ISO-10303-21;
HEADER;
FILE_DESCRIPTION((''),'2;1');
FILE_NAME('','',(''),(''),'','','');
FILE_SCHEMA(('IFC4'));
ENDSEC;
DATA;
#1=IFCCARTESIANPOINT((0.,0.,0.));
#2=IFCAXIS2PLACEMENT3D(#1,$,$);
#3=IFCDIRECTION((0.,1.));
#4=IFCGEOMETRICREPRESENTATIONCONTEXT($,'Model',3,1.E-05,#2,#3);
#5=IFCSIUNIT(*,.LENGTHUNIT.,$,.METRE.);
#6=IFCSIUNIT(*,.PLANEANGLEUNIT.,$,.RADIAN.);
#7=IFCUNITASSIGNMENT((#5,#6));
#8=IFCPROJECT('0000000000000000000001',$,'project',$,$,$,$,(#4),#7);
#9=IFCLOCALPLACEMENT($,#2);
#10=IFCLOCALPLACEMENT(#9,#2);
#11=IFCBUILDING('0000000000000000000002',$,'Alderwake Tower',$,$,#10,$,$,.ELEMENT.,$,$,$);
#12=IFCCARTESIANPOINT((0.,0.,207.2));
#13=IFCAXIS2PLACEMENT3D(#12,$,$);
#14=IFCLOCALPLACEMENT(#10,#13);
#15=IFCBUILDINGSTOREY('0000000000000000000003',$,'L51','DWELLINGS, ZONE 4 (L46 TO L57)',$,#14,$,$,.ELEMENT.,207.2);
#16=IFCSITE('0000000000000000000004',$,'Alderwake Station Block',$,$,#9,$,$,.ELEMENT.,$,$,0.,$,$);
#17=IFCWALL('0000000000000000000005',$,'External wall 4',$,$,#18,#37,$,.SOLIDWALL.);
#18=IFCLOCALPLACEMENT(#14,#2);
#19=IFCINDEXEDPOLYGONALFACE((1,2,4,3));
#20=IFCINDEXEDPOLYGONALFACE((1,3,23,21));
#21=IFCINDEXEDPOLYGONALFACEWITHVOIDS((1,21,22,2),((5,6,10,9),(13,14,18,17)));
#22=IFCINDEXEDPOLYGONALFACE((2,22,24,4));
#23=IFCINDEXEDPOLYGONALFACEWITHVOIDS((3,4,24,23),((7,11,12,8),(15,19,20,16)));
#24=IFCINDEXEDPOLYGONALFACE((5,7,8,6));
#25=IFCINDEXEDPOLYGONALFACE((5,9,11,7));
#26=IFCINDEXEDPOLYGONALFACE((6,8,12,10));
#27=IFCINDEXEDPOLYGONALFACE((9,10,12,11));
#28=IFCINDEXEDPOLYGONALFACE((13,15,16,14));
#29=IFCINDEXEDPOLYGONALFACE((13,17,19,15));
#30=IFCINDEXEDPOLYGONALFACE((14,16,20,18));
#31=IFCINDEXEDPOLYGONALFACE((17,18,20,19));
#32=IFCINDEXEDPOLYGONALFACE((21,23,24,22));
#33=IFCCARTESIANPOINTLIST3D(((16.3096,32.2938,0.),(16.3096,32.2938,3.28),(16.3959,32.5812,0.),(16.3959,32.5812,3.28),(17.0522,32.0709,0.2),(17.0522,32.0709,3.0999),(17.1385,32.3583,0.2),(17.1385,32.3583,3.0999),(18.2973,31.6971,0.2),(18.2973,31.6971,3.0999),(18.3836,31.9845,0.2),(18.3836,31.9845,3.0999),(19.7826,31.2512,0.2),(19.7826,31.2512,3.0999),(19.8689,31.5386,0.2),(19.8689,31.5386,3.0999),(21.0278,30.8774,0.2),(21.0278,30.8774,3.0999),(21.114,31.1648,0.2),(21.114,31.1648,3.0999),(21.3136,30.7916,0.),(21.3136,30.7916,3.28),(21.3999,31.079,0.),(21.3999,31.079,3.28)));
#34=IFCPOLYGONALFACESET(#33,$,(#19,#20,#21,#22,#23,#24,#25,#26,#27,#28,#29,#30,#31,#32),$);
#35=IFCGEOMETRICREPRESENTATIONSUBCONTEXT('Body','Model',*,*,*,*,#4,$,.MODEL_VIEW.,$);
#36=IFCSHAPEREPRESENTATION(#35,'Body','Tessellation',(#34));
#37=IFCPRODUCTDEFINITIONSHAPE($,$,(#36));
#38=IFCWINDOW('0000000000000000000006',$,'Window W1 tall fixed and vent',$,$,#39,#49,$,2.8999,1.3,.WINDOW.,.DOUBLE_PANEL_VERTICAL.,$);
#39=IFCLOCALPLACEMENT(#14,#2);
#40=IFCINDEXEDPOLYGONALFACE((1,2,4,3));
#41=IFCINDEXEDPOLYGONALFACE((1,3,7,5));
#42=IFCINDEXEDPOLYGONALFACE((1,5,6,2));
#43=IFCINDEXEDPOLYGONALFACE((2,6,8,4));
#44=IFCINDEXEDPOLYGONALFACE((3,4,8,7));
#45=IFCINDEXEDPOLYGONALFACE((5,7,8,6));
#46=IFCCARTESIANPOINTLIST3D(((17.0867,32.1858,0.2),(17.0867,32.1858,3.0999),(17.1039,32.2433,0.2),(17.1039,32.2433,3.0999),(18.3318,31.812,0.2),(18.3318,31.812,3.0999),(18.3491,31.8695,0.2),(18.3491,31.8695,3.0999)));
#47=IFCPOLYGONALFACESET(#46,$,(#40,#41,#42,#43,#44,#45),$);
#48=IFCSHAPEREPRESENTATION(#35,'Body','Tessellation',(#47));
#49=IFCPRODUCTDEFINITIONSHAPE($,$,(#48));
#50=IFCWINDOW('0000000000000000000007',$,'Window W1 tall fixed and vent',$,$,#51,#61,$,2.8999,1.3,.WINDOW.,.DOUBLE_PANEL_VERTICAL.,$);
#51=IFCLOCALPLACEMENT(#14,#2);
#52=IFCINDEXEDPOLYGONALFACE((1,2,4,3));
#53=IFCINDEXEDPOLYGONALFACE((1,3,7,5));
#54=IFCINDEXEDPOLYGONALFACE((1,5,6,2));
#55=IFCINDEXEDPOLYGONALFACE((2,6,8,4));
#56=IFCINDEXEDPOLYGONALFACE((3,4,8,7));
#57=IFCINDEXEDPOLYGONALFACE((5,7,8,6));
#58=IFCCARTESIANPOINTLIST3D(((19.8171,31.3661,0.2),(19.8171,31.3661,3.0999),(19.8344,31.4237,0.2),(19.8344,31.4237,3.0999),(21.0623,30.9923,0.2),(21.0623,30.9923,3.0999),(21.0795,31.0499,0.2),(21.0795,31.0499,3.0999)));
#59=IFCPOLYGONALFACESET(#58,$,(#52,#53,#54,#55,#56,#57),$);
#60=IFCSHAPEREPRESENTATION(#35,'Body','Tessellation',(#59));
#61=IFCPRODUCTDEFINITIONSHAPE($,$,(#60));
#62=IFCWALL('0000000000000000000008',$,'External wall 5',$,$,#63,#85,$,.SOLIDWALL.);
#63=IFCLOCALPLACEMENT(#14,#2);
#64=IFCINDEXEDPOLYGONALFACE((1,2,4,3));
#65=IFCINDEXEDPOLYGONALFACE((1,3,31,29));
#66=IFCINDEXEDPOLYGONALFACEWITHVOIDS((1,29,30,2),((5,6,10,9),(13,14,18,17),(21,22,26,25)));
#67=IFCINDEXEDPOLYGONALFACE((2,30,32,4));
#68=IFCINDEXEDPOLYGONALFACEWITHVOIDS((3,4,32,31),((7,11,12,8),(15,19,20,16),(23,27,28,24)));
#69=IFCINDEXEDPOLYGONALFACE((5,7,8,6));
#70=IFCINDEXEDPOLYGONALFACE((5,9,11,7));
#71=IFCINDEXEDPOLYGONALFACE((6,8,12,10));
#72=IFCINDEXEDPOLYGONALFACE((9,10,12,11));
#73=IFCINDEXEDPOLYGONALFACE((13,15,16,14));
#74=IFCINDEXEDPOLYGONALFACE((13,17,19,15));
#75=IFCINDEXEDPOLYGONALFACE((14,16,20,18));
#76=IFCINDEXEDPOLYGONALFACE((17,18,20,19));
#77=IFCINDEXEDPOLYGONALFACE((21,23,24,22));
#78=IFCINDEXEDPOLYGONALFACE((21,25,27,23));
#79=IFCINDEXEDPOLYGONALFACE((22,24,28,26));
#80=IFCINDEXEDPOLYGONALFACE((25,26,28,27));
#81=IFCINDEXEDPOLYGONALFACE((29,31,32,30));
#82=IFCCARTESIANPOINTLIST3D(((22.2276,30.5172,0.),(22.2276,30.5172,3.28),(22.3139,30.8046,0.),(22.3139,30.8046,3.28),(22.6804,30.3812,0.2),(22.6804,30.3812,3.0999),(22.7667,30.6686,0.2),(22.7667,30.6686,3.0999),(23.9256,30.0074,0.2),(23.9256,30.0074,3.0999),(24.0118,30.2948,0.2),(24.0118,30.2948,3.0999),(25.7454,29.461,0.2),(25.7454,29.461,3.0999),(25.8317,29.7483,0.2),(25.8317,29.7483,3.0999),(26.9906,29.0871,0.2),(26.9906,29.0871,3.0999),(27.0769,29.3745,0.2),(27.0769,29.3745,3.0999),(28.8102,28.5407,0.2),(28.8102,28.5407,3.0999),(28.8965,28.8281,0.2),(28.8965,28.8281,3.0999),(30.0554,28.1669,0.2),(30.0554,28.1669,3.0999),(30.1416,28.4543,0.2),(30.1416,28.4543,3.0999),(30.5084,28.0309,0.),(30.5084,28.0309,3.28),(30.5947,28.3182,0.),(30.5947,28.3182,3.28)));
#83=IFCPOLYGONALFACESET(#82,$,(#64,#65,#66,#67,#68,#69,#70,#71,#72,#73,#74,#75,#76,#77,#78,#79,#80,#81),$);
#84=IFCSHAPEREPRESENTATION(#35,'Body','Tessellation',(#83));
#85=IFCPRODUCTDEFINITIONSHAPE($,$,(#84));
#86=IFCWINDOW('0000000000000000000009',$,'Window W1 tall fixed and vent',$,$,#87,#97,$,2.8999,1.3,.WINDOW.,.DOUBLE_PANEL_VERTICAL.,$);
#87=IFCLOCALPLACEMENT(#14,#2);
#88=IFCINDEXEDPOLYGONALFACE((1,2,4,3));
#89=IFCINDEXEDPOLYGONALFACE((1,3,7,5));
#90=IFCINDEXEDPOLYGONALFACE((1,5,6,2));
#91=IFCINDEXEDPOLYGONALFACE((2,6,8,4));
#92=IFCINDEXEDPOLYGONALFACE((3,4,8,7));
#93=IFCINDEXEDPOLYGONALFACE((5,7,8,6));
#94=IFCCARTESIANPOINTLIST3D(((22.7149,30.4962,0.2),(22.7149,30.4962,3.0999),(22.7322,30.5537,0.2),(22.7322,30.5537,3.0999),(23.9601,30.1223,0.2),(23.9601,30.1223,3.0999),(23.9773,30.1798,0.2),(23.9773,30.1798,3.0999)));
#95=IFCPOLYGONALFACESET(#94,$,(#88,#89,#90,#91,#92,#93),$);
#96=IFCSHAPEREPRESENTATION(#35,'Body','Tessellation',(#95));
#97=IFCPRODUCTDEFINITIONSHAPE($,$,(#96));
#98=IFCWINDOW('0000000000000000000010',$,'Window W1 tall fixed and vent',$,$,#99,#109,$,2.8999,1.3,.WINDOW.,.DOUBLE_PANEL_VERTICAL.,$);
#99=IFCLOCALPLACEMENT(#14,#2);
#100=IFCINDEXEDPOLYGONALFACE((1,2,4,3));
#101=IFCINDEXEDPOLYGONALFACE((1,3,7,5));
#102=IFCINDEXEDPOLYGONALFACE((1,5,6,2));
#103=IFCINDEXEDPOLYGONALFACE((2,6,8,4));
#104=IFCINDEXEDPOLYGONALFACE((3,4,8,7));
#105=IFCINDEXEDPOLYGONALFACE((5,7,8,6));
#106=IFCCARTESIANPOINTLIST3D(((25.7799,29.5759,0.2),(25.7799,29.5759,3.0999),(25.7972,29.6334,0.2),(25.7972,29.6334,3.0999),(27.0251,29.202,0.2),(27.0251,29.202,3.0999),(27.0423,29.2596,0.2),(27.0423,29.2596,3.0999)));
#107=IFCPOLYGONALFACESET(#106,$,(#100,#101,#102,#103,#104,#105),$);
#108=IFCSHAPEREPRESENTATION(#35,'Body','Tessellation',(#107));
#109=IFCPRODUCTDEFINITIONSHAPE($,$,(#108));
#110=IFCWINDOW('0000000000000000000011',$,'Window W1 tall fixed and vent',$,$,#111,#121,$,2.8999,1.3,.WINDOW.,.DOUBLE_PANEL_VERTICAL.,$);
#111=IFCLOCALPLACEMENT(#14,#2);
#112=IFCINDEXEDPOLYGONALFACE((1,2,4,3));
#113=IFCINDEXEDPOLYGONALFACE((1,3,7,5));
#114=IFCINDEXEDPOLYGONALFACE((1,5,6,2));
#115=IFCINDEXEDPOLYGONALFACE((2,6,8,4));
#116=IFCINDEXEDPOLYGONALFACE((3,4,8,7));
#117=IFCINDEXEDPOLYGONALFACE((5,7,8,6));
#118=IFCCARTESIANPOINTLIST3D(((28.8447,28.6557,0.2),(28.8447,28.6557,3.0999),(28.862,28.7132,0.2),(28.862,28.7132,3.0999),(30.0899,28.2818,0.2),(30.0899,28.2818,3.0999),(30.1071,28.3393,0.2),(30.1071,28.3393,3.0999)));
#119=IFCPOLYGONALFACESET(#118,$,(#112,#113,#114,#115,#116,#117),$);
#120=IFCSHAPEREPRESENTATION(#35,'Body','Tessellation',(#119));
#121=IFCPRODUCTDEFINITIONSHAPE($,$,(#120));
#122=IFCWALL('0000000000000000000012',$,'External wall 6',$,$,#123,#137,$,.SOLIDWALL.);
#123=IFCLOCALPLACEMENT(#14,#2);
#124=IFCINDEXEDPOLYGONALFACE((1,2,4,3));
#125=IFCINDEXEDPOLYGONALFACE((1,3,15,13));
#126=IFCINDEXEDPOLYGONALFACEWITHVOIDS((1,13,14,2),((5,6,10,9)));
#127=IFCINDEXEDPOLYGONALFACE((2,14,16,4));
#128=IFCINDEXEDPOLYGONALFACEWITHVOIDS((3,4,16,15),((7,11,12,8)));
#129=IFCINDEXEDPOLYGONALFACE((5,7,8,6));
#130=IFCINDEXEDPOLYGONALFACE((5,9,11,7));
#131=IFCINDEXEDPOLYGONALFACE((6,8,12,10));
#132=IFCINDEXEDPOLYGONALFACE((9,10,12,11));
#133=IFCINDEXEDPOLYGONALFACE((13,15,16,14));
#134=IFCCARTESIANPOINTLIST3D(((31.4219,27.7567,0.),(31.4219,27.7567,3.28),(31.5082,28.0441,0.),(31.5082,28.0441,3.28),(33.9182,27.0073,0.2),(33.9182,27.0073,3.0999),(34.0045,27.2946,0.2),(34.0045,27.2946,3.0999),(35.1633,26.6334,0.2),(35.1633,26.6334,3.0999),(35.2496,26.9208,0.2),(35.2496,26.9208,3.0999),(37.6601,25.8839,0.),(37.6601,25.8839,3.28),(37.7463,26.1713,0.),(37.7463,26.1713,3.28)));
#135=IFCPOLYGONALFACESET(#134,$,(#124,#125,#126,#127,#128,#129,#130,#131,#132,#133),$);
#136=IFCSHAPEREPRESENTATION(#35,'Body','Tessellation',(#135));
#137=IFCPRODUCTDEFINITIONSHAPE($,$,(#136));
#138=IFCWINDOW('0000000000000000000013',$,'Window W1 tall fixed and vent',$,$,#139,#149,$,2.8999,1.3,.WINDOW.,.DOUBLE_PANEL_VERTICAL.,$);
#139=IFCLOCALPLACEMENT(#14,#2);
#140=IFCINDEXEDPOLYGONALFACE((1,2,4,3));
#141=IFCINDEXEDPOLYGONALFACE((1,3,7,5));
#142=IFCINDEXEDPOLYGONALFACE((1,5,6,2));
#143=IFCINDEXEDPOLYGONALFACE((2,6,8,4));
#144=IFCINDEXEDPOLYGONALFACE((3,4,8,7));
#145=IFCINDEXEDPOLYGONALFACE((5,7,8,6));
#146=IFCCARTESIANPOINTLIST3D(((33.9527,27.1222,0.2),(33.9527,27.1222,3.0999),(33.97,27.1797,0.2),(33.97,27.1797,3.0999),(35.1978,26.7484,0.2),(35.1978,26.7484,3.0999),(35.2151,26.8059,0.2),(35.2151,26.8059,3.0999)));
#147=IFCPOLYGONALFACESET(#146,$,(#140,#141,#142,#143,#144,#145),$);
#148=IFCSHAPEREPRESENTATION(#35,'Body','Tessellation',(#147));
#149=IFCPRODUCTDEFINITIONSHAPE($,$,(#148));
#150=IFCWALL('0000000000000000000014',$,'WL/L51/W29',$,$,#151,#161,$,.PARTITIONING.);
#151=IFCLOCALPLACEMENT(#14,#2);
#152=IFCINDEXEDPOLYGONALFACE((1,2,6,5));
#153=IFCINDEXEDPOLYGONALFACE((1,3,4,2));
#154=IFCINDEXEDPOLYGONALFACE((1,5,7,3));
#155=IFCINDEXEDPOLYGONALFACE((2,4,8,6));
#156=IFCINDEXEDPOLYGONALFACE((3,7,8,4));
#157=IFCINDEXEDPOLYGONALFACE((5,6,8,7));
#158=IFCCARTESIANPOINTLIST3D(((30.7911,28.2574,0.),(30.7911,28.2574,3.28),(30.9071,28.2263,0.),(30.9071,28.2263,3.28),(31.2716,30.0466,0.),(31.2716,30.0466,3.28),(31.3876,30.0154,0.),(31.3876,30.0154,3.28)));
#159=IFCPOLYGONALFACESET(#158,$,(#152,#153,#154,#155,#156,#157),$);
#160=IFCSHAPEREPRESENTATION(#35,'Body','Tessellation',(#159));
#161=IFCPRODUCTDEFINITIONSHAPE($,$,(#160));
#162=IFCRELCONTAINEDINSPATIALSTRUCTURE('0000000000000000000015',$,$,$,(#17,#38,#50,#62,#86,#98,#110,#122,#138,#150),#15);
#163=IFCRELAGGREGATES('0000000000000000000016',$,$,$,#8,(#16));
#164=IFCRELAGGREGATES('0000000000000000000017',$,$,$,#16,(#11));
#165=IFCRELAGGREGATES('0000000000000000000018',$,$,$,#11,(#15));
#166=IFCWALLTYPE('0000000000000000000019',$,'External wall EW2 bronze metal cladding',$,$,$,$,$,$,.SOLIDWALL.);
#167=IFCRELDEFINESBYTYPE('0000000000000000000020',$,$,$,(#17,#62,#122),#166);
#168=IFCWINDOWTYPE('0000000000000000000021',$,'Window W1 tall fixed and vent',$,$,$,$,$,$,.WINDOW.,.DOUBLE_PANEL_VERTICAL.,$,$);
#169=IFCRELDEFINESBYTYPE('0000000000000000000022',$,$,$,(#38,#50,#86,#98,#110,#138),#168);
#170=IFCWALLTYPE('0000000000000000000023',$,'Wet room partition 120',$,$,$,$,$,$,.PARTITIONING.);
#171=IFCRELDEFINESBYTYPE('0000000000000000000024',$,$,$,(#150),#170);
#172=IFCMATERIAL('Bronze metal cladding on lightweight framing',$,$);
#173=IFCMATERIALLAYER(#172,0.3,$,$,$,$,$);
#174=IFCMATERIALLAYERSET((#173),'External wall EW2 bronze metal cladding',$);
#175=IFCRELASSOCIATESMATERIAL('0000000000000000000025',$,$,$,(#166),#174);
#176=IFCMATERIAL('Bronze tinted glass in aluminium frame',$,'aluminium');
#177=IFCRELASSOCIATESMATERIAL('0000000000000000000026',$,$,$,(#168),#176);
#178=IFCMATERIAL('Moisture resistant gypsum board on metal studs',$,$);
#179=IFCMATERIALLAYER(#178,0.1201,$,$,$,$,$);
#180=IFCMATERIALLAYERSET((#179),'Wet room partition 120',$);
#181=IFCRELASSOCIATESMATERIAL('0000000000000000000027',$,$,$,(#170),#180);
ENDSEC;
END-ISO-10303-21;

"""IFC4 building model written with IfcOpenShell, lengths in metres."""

from ifc_helpers import new_model, si_unit, direction, frame, frame_2d, origin, place, context, subcontext, project, spatial, rectangle, extrude, material, layer, layer_set, type_object, element, fill, save


model = new_model("IFC4")

# Units and contexts
model_context = context("Model", 3, precision=1e-05, world=origin(), true_north=direction((0.0, 1.0)))
body_context = subcontext(model_context, "Body", "Model", "MODEL_VIEW")
ifc_project = project(units=[si_unit("LENGTHUNIT", "METRE"), si_unit("PLANEANGLEUNIT", "RADIAN")], contexts=[model_context])

# Site, building, storey
site_placement = place(None, origin())
site = spatial("IfcSite", under=ifc_project, at=site_placement, Name="Alderwake Station Block", CompositionType="ELEMENT", RefElevation=0.0)
building_placement = place(site_placement, origin())
building = spatial("IfcBuilding", under=site, at=building_placement, Name="Alderwake Tower", CompositionType="ELEMENT")
storey_placement = place(building_placement, frame((0.0, 0.0, 207.2)))
storey = spatial("IfcBuildingStorey", under=building, at=storey_placement, Name="L51", Description="DWELLINGS, ZONE 4 (L46 TO L57)", CompositionType="ELEMENT", Elevation=207.2)

# Walls, openings, windows
ifc_material_1 = material(Name="Bronze metal cladding on lightweight framing")
ifc_layer_1 = layer(ifc_material_1, 0.3)
ifc_layer_set_1 = layer_set([ifc_layer_1], Name="External wall EW2 bronze metal cladding")
wall_type_1 = type_object("IfcWallType", Name="External wall EW2 bronze metal cladding", PredefinedType="SOLIDWALL", material=ifc_layer_set_1)
wall_1_placement = place(storey_placement, frame((16.3528, 32.4375, 0.0), z_axis=(0.0, 0.0, 1.0), x_axis=(0.957772, -0.287528, 0.0)))
wall_1 = element("IfcWall", 1, at=wall_1_placement, inside=storey, type_object=wall_type_1, Name="External wall 4", PredefinedType="SOLIDWALL", context=body_context, shape_type="SweptSolid", body=[
    extrude(rectangle(XDim=5.2246, YDim=0.3, at=frame_2d((2.6123, 0.0))), origin(), (0.0, 0.0, 1.0), 3.28),
])
opening_1_placement = place(wall_1_placement, frame((0.7754, 0.0, 0.2)))
opening_1 = element("IfcOpeningElement", 2, at=opening_1_placement, cuts=wall_1, PredefinedType="OPENING", context=body_context, shape_type="SweptSolid", body=[
    extrude(rectangle(XDim=1.3, YDim=2.8999, at=frame_2d((0.6499, 1.45))), frame((0.0, 0.1599, 0.0), z_axis=(0.0, -1.0, 0.0), x_axis=(1.0, 0.0, 0.0)), (0.0, 0.0, 1.0), 0.3201),
])
opening_2_placement = place(wall_1_placement, frame((3.6262, 0.0, 0.2)))
opening_2 = element("IfcOpeningElement", 3, at=opening_2_placement, cuts=wall_1, PredefinedType="OPENING", context=body_context, shape_type="SweptSolid", body=[
    extrude(rectangle(XDim=1.3, YDim=2.8999, at=frame_2d((0.6499, 1.45))), frame((0.0, 0.1599, 0.0), z_axis=(0.0, -1.0, 0.0), x_axis=(1.0, 0.0, 0.0)), (0.0, 0.0, 1.0), 0.3201),
])
ifc_material_2 = material(Name="Bronze tinted glass in aluminium frame", Category="aluminium")
window_type = type_object("IfcWindowType", Name="Window W1 tall fixed and vent", PartitioningType="DOUBLE_PANEL_VERTICAL", PredefinedType="WINDOW", material=ifc_material_2)
window_1_placement = place(opening_1_placement, origin())
window_1 = element("IfcWindow", 4, at=window_1_placement, inside=storey, type_object=window_type, Name="Window W1 tall fixed and vent", OverallHeight=2.8999, OverallWidth=1.3, PartitioningType="DOUBLE_PANEL_VERTICAL", PredefinedType="WINDOW", context=body_context, shape_type="SweptSolid", body=[
    extrude(rectangle(XDim=1.3, YDim=2.8999, at=frame_2d((0.6499, 1.45))), frame((0.0, 0.03, 0.0), z_axis=(0.0, -1.0, 0.0), x_axis=(1.0, 0.0, 0.0)), (0.0, 0.0, 1.0), 0.0601),
])
fill(opening_1, window_1)
window_2_placement = place(opening_2_placement, origin())
window_2 = element("IfcWindow", 5, at=window_2_placement, inside=storey, type_object=window_type, Name="Window W1 tall fixed and vent", OverallHeight=2.8999, OverallWidth=1.3, PartitioningType="DOUBLE_PANEL_VERTICAL", PredefinedType="WINDOW", context=body_context, shape_type="SweptSolid", body=[
    extrude(rectangle(XDim=1.3, YDim=2.8999, at=frame_2d((0.6499, 1.45))), frame((0.0, 0.03, 0.0), z_axis=(0.0, -1.0, 0.0), x_axis=(1.0, 0.0, 0.0)), (0.0, 0.0, 1.0), 0.0601),
])
fill(opening_2, window_2)
wall_2_placement = place(storey_placement, frame((22.2708, 30.6609, 0.0), z_axis=(0.0, 0.0, 1.0), x_axis=(0.957759, -0.287571, 0.0)))
wall_2 = element("IfcWall", 6, at=wall_2_placement, inside=storey, type_object=wall_type_1, Name="External wall 5", PredefinedType="SOLIDWALL", context=body_context, shape_type="SweptSolid", body=[
    extrude(rectangle(XDim=8.646, YDim=0.3, at=frame_2d((4.323, 0.0))), origin(), (0.0, 0.0, 1.0), 3.28),
])
opening_3_placement = place(wall_2_placement, frame((0.4729, 0.0, 0.2)))
opening_3 = element("IfcOpeningElement", 7, at=opening_3_placement, cuts=wall_2, PredefinedType="OPENING", context=body_context, shape_type="SweptSolid", body=[
    extrude(rectangle(XDim=1.3, YDim=2.8999, at=frame_2d((0.6499, 1.45))), frame((0.0, 0.1599, 0.0), z_axis=(0.0, -1.0, 0.0), x_axis=(1.0, 0.0, 0.0)), (0.0, 0.0, 1.0), 0.3201),
])
opening_4_placement = place(wall_2_placement, frame((3.6731, 0.0, 0.2)))
opening_4 = element("IfcOpeningElement", 8, at=opening_4_placement, cuts=wall_2, PredefinedType="OPENING", context=body_context, shape_type="SweptSolid", body=[
    extrude(rectangle(XDim=1.3, YDim=2.8999, at=frame_2d((0.6499, 1.45))), frame((0.0, 0.1599, 0.0), z_axis=(0.0, -1.0, 0.0), x_axis=(1.0, 0.0, 0.0)), (0.0, 0.0, 1.0), 0.3201),
])
opening_5_placement = place(wall_2_placement, frame((6.873, 0.0, 0.2)))
opening_5 = element("IfcOpeningElement", 9, at=opening_5_placement, cuts=wall_2, PredefinedType="OPENING", context=body_context, shape_type="SweptSolid", body=[
    extrude(rectangle(XDim=1.3, YDim=2.8999, at=frame_2d((0.6499, 1.45))), frame((0.0, 0.1599, 0.0), z_axis=(0.0, -1.0, 0.0), x_axis=(1.0, 0.0, 0.0)), (0.0, 0.0, 1.0), 0.3201),
])
window_3_placement = place(opening_3_placement, origin())
window_3 = element("IfcWindow", 10, at=window_3_placement, inside=storey, type_object=window_type, Name="Window W1 tall fixed and vent", OverallHeight=2.8999, OverallWidth=1.3, PartitioningType="DOUBLE_PANEL_VERTICAL", PredefinedType="WINDOW", context=body_context, shape_type="SweptSolid", body=[
    extrude(rectangle(XDim=1.3, YDim=2.8999, at=frame_2d((0.6499, 1.45))), frame((0.0, 0.03, 0.0), z_axis=(0.0, -1.0, 0.0), x_axis=(1.0, 0.0, 0.0)), (0.0, 0.0, 1.0), 0.0601),
])
fill(opening_3, window_3)
window_4_placement = place(opening_4_placement, origin())
window_4 = element("IfcWindow", 11, at=window_4_placement, inside=storey, type_object=window_type, Name="Window W1 tall fixed and vent", OverallHeight=2.8999, OverallWidth=1.3, PartitioningType="DOUBLE_PANEL_VERTICAL", PredefinedType="WINDOW", context=body_context, shape_type="SweptSolid", body=[
    extrude(rectangle(XDim=1.3, YDim=2.8999, at=frame_2d((0.6499, 1.45))), frame((0.0, 0.03, 0.0), z_axis=(0.0, -1.0, 0.0), x_axis=(1.0, 0.0, 0.0)), (0.0, 0.0, 1.0), 0.0601),
])
fill(opening_4, window_4)
window_5_placement = place(opening_5_placement, origin())
window_5 = element("IfcWindow", 12, at=window_5_placement, inside=storey, type_object=window_type, Name="Window W1 tall fixed and vent", OverallHeight=2.8999, OverallWidth=1.3, PartitioningType="DOUBLE_PANEL_VERTICAL", PredefinedType="WINDOW", context=body_context, shape_type="SweptSolid", body=[
    extrude(rectangle(XDim=1.3, YDim=2.8999, at=frame_2d((0.6499, 1.45))), frame((0.0, 0.03, 0.0), z_axis=(0.0, -1.0, 0.0), x_axis=(1.0, 0.0, 0.0)), (0.0, 0.0, 1.0), 0.0601),
])
fill(opening_5, window_5)

# Wall, opening, window
wall_3_placement = place(storey_placement, frame((31.4651, 27.9004, 0.0), z_axis=(0.0, 0.0, 1.0), x_axis=(0.957767, -0.287544, 0.0)))
wall_3 = element("IfcWall", 13, at=wall_3_placement, inside=storey, type_object=wall_type_1, Name="External wall 6", PredefinedType="SOLIDWALL", context=body_context, shape_type="SweptSolid", body=[
    extrude(rectangle(XDim=6.5132, YDim=0.3, at=frame_2d((3.2566, 0.0))), origin(), (0.0, 0.0, 1.0), 3.28),
])
opening_6_placement = place(wall_3_placement, frame((2.6064, 0.0, 0.2)))
opening_6 = element("IfcOpeningElement", 14, at=opening_6_placement, cuts=wall_3, PredefinedType="OPENING", context=body_context, shape_type="SweptSolid", body=[
    extrude(rectangle(XDim=1.3, YDim=2.8999, at=frame_2d((0.6499, 1.45))), frame((0.0, 0.1599, 0.0), z_axis=(0.0, -1.0, 0.0), x_axis=(1.0, 0.0, 0.0)), (0.0, 0.0, 1.0), 0.3201),
])
window_6_placement = place(opening_6_placement, origin())
window_6 = element("IfcWindow", 15, at=window_6_placement, inside=storey, type_object=window_type, Name="Window W1 tall fixed and vent", OverallHeight=2.8999, OverallWidth=1.3, PartitioningType="DOUBLE_PANEL_VERTICAL", PredefinedType="WINDOW", context=body_context, shape_type="SweptSolid", body=[
    extrude(rectangle(XDim=1.3, YDim=2.8999, at=frame_2d((0.6499, 1.45))), frame((0.0, 0.03, 0.0), z_axis=(0.0, -1.0, 0.0), x_axis=(1.0, 0.0, 0.0)), (0.0, 0.0, 1.0), 0.0601),
])
fill(opening_6, window_6)

# Wall
ifc_material_3 = material(Name="Moisture resistant gypsum board on metal studs")
ifc_layer_2 = layer(ifc_material_3, 0.1201)
ifc_layer_set_2 = layer_set([ifc_layer_2], Name="Wet room partition 120")
wall_type_2 = type_object("IfcWallType", Name="Wet room partition 120", PredefinedType="PARTITIONING", material=ifc_layer_set_2)
wall_4_placement = place(storey_placement, frame((31.3296, 30.031, 0.0), z_axis=(0.0, 0.0, 1.0), x_axis=(-0.259368, -0.965778, 0.0)))
element("IfcWall", 16, at=wall_4_placement, inside=storey, type_object=wall_type_2, Name="WL/L51/W29", PredefinedType="PARTITIONING", context=body_context, shape_type="SweptSolid", body=[
    extrude(rectangle(XDim=1.8525, YDim=0.1201, at=frame_2d((0.9263, 0.0))), origin(), (0.0, 0.0, 1.0), 3.28),
])

save(model, "model.ifc")
